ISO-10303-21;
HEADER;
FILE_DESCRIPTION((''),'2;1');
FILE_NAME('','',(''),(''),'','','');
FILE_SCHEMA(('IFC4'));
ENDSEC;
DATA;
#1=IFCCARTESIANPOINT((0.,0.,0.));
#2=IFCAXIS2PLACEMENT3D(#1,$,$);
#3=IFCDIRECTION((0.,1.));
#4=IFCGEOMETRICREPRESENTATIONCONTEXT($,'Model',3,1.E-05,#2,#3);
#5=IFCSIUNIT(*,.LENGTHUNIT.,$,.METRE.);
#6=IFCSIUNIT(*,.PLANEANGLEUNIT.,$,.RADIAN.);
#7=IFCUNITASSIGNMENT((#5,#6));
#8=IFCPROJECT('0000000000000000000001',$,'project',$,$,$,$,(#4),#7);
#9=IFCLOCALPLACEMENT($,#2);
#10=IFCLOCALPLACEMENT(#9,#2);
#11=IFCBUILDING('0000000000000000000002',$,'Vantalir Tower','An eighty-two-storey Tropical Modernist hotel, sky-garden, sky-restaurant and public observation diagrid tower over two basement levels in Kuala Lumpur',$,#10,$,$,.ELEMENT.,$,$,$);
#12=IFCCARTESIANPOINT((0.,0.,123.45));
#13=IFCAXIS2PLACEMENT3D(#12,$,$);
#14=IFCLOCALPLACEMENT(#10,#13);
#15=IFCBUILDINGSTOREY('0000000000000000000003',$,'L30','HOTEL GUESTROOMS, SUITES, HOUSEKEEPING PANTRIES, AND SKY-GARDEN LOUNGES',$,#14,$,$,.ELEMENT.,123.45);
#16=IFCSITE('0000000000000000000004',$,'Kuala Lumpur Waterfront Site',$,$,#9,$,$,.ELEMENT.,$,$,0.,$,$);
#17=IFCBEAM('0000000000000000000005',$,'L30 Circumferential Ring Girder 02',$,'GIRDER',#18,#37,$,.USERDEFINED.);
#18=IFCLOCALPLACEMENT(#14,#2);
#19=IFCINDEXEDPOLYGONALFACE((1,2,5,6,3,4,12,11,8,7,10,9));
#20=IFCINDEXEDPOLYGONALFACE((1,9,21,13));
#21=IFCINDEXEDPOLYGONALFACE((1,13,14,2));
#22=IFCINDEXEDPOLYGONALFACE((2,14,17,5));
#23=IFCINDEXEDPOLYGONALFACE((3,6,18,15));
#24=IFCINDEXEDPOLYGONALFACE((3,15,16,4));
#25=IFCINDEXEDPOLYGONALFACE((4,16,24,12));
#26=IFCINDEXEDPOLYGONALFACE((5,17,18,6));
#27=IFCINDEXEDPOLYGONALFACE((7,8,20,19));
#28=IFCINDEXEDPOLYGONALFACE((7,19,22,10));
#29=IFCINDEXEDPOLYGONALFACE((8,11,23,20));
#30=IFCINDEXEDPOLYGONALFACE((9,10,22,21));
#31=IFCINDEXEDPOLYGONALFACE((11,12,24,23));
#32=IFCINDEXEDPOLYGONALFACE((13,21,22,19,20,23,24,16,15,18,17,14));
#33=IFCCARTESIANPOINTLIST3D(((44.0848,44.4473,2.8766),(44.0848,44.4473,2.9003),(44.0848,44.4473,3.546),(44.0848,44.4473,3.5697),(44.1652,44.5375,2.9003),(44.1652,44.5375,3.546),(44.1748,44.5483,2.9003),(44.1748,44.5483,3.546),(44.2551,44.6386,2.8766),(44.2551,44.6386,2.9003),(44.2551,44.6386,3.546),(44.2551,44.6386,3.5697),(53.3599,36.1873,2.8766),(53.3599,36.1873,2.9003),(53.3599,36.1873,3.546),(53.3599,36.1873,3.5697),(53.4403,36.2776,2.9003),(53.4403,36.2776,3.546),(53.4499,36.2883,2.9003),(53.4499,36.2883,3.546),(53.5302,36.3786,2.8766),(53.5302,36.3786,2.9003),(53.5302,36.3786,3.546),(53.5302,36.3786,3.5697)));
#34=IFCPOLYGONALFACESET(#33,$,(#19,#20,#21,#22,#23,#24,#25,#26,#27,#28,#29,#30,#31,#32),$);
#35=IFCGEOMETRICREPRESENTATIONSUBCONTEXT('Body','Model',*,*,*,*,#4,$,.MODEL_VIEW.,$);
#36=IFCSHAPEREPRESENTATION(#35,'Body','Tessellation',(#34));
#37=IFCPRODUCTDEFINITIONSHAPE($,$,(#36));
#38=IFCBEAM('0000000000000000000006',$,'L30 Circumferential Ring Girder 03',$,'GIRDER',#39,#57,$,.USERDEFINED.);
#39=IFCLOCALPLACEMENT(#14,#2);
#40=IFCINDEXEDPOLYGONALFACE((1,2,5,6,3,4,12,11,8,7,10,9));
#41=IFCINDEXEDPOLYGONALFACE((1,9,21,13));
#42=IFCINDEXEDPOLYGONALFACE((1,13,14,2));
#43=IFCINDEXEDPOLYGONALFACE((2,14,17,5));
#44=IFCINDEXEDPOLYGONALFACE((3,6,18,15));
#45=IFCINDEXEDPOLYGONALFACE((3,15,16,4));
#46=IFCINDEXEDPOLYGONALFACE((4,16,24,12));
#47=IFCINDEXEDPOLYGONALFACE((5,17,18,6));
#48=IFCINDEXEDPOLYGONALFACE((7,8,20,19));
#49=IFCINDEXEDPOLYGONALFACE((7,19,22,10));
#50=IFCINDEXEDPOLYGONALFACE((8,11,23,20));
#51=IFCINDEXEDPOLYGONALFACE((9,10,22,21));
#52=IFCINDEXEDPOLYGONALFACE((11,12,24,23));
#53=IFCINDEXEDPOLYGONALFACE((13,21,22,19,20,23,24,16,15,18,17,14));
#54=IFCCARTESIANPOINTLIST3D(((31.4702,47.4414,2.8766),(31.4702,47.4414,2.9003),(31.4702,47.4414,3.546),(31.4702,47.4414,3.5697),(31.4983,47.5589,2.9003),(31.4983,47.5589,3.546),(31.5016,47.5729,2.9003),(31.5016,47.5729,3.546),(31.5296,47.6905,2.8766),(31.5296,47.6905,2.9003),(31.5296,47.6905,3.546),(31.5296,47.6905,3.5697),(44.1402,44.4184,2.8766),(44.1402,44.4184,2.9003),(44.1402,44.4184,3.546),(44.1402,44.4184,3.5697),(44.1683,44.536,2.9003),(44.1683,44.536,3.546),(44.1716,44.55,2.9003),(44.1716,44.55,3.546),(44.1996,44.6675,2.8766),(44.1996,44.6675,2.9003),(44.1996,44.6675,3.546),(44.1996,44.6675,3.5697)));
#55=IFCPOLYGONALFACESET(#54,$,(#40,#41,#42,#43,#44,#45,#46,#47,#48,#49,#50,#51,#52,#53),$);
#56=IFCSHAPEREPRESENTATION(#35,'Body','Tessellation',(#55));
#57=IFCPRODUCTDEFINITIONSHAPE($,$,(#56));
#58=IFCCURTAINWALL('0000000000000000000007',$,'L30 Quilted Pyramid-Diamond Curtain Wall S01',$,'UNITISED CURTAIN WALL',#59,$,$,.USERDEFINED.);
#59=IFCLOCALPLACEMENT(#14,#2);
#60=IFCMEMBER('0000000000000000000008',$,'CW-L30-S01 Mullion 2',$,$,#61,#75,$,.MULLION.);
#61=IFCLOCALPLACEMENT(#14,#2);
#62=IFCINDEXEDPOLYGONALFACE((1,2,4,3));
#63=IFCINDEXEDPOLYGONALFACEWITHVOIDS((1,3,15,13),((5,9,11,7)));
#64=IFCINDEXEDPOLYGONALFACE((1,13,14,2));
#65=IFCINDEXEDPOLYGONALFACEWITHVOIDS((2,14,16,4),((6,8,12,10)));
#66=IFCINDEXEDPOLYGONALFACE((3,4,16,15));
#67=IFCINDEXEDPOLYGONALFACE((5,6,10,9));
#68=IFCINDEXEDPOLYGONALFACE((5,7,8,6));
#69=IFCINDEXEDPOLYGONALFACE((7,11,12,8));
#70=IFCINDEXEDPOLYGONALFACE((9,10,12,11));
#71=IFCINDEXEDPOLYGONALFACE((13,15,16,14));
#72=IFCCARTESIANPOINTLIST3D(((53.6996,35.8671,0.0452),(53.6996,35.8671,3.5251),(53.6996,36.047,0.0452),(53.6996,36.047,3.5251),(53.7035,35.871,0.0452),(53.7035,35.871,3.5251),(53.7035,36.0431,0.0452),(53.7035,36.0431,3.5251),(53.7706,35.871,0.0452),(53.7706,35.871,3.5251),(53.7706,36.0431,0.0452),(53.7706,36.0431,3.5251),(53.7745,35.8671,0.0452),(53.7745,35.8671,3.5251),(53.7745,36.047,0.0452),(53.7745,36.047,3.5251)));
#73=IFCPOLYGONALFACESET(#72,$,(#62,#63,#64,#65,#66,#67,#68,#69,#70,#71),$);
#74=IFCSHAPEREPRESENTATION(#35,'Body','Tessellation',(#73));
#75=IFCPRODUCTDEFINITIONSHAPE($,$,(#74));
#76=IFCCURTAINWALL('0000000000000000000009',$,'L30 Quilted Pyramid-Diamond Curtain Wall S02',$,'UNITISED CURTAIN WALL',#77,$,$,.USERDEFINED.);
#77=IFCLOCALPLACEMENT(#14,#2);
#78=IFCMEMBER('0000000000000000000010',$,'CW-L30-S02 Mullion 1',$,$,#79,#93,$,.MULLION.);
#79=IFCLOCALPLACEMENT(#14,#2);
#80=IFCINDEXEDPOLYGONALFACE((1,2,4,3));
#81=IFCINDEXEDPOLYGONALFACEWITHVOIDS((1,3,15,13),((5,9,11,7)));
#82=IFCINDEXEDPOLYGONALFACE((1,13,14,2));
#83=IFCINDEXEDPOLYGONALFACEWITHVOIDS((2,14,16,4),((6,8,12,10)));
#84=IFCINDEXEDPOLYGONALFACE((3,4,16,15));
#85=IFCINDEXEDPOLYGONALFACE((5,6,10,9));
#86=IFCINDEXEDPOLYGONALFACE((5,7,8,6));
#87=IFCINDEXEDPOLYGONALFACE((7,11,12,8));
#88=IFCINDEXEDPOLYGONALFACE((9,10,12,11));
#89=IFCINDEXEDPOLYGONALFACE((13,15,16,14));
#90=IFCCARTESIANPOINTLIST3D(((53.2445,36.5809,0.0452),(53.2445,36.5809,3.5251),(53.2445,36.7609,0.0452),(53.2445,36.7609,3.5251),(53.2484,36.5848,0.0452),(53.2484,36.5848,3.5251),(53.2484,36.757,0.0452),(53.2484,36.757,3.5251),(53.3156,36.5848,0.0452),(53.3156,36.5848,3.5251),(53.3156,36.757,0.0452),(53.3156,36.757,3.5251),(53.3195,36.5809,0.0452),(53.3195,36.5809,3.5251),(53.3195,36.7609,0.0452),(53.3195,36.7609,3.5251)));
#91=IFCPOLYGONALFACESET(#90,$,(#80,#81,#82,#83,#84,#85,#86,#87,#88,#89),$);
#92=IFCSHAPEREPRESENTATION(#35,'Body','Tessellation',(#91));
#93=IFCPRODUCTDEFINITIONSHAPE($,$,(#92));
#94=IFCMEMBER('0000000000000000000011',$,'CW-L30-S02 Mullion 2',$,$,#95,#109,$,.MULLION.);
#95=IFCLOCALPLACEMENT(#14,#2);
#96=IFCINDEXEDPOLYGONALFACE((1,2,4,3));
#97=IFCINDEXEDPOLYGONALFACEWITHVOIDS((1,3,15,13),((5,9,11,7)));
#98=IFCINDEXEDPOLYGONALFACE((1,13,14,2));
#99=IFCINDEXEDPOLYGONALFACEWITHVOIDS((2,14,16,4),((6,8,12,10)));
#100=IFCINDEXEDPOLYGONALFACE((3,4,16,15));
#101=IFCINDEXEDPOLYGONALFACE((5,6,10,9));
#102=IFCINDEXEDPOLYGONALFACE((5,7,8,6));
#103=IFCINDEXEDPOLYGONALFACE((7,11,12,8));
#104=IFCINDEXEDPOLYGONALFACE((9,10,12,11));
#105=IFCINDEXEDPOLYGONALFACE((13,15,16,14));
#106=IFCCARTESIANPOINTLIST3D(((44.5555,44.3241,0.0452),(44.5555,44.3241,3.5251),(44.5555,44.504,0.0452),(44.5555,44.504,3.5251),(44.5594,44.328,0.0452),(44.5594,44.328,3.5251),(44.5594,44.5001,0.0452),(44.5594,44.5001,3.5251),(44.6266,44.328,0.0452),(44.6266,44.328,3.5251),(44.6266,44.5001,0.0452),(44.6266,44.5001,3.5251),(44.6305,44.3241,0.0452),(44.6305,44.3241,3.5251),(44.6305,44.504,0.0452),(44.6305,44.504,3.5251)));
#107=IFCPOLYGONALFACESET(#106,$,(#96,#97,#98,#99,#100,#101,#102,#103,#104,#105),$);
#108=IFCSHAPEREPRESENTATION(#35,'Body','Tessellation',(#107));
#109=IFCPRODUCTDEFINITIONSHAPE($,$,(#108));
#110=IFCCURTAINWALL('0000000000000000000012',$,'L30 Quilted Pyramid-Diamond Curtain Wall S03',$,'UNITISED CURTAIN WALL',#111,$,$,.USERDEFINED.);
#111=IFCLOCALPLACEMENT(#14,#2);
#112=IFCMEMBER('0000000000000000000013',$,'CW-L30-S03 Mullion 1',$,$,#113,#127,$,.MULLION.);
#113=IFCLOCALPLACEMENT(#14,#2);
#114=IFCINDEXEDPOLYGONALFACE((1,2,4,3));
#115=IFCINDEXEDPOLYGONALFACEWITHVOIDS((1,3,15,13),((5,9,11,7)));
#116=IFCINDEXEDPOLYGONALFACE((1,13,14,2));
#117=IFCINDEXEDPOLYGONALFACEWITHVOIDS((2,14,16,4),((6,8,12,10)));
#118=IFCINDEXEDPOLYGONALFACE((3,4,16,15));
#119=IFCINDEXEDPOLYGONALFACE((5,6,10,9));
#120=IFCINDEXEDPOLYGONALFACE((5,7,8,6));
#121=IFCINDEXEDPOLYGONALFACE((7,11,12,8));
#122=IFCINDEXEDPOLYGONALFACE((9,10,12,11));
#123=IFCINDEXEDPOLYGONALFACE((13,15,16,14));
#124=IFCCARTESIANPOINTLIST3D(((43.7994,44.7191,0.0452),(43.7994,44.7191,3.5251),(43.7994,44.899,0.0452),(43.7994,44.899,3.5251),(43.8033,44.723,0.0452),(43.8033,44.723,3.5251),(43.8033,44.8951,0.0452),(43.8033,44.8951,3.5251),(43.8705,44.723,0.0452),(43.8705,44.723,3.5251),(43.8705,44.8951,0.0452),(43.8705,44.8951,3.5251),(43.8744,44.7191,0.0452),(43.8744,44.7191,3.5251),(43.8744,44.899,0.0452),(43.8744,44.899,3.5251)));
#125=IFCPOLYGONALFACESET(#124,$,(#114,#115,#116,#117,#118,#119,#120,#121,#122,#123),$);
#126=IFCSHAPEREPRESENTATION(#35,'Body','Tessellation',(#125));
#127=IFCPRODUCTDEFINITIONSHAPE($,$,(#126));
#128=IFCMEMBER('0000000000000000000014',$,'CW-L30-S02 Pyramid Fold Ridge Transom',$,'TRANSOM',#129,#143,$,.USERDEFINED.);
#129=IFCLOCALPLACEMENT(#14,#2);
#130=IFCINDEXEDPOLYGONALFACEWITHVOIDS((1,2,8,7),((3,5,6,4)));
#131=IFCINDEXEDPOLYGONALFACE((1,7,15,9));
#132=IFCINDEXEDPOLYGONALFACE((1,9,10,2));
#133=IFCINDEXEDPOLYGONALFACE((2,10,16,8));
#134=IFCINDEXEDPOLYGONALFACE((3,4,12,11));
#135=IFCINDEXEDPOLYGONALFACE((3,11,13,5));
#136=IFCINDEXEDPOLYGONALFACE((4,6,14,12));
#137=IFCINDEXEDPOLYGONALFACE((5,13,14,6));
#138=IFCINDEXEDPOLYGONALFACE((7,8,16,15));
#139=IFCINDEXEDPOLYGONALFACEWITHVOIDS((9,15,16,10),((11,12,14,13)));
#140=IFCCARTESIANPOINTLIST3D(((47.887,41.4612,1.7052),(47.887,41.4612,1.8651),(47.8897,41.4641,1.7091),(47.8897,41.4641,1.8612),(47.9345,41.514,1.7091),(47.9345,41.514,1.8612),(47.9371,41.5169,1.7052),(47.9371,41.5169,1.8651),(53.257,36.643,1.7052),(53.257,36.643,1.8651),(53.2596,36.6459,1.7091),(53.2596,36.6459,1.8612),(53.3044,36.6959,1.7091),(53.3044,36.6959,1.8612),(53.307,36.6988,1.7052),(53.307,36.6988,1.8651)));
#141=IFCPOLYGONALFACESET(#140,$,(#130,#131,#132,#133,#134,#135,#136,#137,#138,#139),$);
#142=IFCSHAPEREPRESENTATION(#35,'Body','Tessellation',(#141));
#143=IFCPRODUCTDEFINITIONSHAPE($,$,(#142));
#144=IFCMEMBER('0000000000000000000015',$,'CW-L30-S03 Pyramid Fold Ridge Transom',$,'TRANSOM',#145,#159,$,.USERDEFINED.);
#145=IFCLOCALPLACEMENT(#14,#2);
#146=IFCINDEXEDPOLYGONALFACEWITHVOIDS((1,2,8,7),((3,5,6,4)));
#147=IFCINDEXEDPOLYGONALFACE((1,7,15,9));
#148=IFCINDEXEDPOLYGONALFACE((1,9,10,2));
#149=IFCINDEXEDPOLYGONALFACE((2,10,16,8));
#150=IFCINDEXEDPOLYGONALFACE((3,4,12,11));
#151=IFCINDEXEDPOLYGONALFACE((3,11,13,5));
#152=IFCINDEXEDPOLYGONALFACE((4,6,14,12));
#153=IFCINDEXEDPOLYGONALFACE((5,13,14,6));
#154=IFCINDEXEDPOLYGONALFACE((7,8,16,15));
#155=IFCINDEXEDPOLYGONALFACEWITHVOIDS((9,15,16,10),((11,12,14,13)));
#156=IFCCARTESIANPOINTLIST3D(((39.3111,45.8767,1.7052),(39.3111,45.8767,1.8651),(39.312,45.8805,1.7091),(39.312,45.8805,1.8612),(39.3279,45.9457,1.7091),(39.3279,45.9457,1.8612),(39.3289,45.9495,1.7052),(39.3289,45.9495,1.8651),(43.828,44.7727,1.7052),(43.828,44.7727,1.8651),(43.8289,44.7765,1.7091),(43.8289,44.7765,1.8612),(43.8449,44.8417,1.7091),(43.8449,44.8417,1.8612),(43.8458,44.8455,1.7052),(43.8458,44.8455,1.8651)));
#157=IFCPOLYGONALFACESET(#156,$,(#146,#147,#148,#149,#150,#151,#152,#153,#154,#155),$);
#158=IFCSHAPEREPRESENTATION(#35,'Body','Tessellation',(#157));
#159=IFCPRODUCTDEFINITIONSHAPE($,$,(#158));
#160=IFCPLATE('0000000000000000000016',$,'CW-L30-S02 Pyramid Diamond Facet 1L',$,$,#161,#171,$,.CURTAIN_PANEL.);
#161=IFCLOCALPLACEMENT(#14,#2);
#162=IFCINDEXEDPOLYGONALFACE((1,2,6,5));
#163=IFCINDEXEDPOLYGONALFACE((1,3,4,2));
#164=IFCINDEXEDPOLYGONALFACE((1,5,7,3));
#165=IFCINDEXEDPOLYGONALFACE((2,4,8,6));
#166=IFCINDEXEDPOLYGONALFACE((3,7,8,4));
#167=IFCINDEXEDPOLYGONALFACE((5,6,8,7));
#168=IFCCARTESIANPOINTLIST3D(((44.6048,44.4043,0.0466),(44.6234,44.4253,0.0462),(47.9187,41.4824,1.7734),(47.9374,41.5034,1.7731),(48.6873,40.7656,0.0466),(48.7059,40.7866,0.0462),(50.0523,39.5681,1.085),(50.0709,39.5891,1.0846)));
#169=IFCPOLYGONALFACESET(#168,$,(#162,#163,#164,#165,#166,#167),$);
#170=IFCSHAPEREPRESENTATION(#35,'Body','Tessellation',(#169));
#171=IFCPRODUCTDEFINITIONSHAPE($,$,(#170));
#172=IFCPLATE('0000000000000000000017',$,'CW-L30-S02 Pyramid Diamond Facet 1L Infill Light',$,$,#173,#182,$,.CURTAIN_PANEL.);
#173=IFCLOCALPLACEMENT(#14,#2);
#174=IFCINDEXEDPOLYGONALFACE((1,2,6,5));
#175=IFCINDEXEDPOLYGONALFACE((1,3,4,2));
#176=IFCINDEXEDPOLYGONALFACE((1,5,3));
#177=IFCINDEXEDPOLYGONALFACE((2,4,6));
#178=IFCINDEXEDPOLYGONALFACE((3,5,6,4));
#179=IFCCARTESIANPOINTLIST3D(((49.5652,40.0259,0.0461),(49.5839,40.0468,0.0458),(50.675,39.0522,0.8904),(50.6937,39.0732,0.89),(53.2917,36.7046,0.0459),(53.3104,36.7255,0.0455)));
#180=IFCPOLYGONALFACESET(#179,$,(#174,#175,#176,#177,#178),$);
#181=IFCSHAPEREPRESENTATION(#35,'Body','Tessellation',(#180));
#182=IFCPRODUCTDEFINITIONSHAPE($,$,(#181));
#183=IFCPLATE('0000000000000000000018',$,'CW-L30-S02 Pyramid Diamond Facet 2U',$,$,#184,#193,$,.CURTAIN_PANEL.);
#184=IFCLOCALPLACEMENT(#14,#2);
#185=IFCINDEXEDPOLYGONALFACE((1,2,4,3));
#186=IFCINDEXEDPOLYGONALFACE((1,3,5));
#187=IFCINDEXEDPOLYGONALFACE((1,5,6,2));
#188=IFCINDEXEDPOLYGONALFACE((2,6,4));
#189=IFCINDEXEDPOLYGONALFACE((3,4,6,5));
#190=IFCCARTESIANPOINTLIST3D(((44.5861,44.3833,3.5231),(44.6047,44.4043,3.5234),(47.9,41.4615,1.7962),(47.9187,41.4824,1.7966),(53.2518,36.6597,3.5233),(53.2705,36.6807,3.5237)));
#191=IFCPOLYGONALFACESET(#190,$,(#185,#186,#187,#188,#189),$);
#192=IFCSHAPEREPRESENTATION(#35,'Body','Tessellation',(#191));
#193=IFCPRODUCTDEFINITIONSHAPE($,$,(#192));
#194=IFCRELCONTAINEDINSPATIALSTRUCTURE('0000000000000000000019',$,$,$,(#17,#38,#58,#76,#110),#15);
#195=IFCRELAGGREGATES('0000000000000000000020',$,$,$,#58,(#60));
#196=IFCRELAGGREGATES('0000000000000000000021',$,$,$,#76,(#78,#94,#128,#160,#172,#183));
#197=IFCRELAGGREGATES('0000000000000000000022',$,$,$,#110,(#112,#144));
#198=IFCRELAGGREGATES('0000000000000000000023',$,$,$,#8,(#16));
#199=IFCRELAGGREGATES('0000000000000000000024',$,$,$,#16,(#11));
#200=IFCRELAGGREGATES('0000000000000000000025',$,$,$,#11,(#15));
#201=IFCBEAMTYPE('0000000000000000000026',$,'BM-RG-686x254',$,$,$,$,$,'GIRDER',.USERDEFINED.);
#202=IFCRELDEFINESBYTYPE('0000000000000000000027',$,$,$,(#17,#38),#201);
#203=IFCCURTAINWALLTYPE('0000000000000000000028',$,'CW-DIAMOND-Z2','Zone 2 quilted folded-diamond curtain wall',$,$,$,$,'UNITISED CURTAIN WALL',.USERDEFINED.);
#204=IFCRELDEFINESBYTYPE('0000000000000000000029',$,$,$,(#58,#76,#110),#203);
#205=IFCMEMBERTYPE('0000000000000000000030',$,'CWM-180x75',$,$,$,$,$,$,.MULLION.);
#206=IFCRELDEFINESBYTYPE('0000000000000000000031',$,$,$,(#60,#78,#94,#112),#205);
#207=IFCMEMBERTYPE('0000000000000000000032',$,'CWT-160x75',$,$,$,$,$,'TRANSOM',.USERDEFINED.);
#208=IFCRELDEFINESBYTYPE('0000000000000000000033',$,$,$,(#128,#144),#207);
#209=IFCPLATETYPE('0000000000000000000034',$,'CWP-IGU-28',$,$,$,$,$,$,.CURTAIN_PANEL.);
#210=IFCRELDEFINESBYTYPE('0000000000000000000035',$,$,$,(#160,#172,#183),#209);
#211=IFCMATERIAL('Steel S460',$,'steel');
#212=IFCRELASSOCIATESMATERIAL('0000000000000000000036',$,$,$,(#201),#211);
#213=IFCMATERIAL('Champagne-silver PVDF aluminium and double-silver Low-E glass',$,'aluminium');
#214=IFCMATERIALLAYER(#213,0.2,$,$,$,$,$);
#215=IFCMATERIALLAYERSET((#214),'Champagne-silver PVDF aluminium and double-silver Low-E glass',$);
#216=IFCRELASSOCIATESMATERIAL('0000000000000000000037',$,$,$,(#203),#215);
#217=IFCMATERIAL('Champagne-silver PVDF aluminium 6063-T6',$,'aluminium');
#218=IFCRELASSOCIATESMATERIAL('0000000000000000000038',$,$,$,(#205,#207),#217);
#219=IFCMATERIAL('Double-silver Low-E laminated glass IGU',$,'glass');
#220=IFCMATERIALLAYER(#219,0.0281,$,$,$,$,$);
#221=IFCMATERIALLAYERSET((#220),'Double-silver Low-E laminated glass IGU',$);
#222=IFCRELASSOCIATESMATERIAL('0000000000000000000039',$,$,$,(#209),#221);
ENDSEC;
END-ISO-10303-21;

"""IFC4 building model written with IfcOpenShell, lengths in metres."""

from ifc_helpers import new_model, si_unit, direction, frame, origin, origin_2d, place, context, subcontext, project, spatial, polyline, hollow_rectangle, i_section, outline, extrude, material, layer, layer_set, material_profile, profile_set, type_object, element, aggregate, save


model = new_model("IFC4")

# Units and contexts
model_context = context("Model", 3, precision=1e-05, world=origin(), true_north=direction((0.0, 1.0)))
body_context = subcontext(model_context, "Body", "Model", "MODEL_VIEW")
ifc_project = project(units=[si_unit("LENGTHUNIT", "METRE"), si_unit("PLANEANGLEUNIT", "RADIAN")], contexts=[model_context])

# Site, building, storey
site_placement = place(None, origin())
site = spatial("IfcSite", under=ifc_project, at=site_placement, Name="Kuala Lumpur Waterfront Site", CompositionType="ELEMENT", RefElevation=0.0)
building_placement = place(site_placement, origin())
building = spatial("IfcBuilding", under=site, at=building_placement, Name="Vantalir Tower", Description="An eighty-two-storey Tropical Modernist hotel, sky-garden, sky-restaurant and public observation diagrid tower over two basement levels in Kuala Lumpur", CompositionType="ELEMENT")
storey_placement = place(building_placement, frame((0.0, 0.0, 123.45)))
storey = spatial("IfcBuildingStorey", under=building, at=storey_placement, Name="L30", Description="HOTEL GUESTROOMS, SUITES, HOUSEKEEPING PANTRIES, AND SKY-GARDEN LOUNGES", CompositionType="ELEMENT", Elevation=123.45)

# Shared definitions
ifc_material_1 = material(Name="Steel S460", Category="steel")

# Beams
ifc_material_profile_1 = material_profile(ifc_material_1, i_section(OverallWidth=0.2561, OverallDepth=0.6931, WebThickness=0.0144, FlangeThickness=0.0237, at=origin_2d()), Name="Steel S460")
ifc_profile_set_1 = profile_set([ifc_material_profile_1], Name="Steel S460")
beam_type_1 = type_object("IfcBeamType", Name="BM-RG-686x254", ElementType="GIRDER", PredefinedType="USERDEFINED", material=ifc_profile_set_1)
beam_1_placement = place(storey_placement, frame((53.4451, 36.283, 3.2231), z_axis=(-0.746792, 0.665058, 0.0), x_axis=(-0.665058, -0.746792, 0.0)))
element("IfcBeam", 1, at=beam_1_placement, inside=storey, type_object=beam_type_1, Name="L30 Circumferential Ring Girder 02", ObjectType="GIRDER", PredefinedType="USERDEFINED", context=body_context, shape_type="SweptSolid", body=[
    extrude(i_section(OverallWidth=0.2561, OverallDepth=0.6931, WebThickness=0.0144, FlangeThickness=0.0237, at=origin_2d()), origin(), (0.0, 0.0, 1.0), 12.4199),
])
beam_2_placement = place(storey_placement, frame((44.1699, 44.543, 3.2231), z_axis=(-0.972697, 0.232078, 0.0), x_axis=(-0.232078, -0.972697, 0.0)))
element("IfcBeam", 2, at=beam_2_placement, inside=storey, type_object=beam_type_1, Name="L30 Circumferential Ring Girder 03", ObjectType="GIRDER", PredefinedType="USERDEFINED", context=body_context, shape_type="SweptSolid", body=[
    extrude(i_section(OverallWidth=0.2561, OverallDepth=0.6931, WebThickness=0.0144, FlangeThickness=0.0237, at=origin_2d()), origin(), (0.0, 0.0, 1.0), 13.0256),
])

# Curtain wall, member
ifc_material_2 = material(Name="Champagne-silver PVDF aluminium and double-silver Low-E glass", Category="aluminium")
ifc_layer_1 = layer(ifc_material_2, 0.2)
ifc_layer_set_1 = layer_set([ifc_layer_1], Name="Champagne-silver PVDF aluminium and double-silver Low-E glass")
curtain_wall_type = type_object("IfcCurtainWallType", Name="CW-DIAMOND-Z2", Description="Zone 2 quilted folded-diamond curtain wall", ElementType="UNITISED CURTAIN WALL", PredefinedType="USERDEFINED", material=ifc_layer_set_1)
curtain_wall_1_placement = place(storey_placement, origin())
curtain_wall_1 = element("IfcCurtainWall", 3, at=curtain_wall_1_placement, inside=storey, type_object=curtain_wall_type, Name="L30 Quilted Pyramid-Diamond Curtain Wall S01", ObjectType="UNITISED CURTAIN WALL", PredefinedType="USERDEFINED")
ifc_material_3 = material(Name="Champagne-silver PVDF aluminium 6063-T6", Category="aluminium")
ifc_material_profile_2 = material_profile(ifc_material_3, hollow_rectangle(XDim=0.075, YDim=0.1799, WallThickness=0.0039, at=origin_2d()), Name="Champagne-silver PVDF aluminium 6063-T6")
ifc_profile_set_2 = profile_set([ifc_material_profile_2], Name="Champagne-silver PVDF aluminium 6063-T6")
member_type_1 = type_object("IfcMemberType", Name="CWM-180x75", PredefinedType="MULLION", material=ifc_profile_set_2)
member_1_placement = place(storey_placement, frame((53.7371, 35.957, 0.0452), z_axis=(0.0, 0.0, 1.0), x_axis=(1.0, 0.0, 0.0)))
member_1 = element("IfcMember", 4, at=member_1_placement, type_object=member_type_1, Name="CW-L30-S01 Mullion 2", PredefinedType="MULLION", context=body_context, shape_type="SweptSolid", body=[
    extrude(hollow_rectangle(XDim=0.075, YDim=0.1799, WallThickness=0.0039, at=origin_2d()), origin(), (0.0, 0.0, 1.0), 3.48),
])
aggregate(curtain_wall_1, [member_1])

# Curtain wall, members
curtain_wall_2_placement = place(storey_placement, origin())
curtain_wall_2 = element("IfcCurtainWall", 5, at=curtain_wall_2_placement, inside=storey, type_object=curtain_wall_type, Name="L30 Quilted Pyramid-Diamond Curtain Wall S02", ObjectType="UNITISED CURTAIN WALL", PredefinedType="USERDEFINED")
member_2_placement = place(storey_placement, frame((53.282, 36.6709, 0.0452), z_axis=(0.0, 0.0, 1.0), x_axis=(1.0, 0.0, 0.0)))
member_2 = element("IfcMember", 6, at=member_2_placement, type_object=member_type_1, Name="CW-L30-S02 Mullion 1", PredefinedType="MULLION", context=body_context, shape_type="SweptSolid", body=[
    extrude(hollow_rectangle(XDim=0.075, YDim=0.1799, WallThickness=0.0039, at=origin_2d()), origin(), (0.0, 0.0, 1.0), 3.48),
])
member_3_placement = place(storey_placement, frame((44.593, 44.4141, 0.0452), z_axis=(0.0, 0.0, 1.0), x_axis=(1.0, 0.0, 0.0)))
member_3 = element("IfcMember", 7, at=member_3_placement, type_object=member_type_1, Name="CW-L30-S02 Mullion 2", PredefinedType="MULLION", context=body_context, shape_type="SweptSolid", body=[
    extrude(hollow_rectangle(XDim=0.075, YDim=0.1799, WallThickness=0.0039, at=origin_2d()), origin(), (0.0, 0.0, 1.0), 3.48),
])

# Curtain wall, member
curtain_wall_3_placement = place(storey_placement, origin())
curtain_wall_3 = element("IfcCurtainWall", 8, at=curtain_wall_3_placement, inside=storey, type_object=curtain_wall_type, Name="L30 Quilted Pyramid-Diamond Curtain Wall S03", ObjectType="UNITISED CURTAIN WALL", PredefinedType="USERDEFINED")
member_4_placement = place(storey_placement, frame((43.8369, 44.8091, 0.0452), z_axis=(0.0, 0.0, 1.0), x_axis=(1.0, 0.0, 0.0)))
member_4 = element("IfcMember", 9, at=member_4_placement, type_object=member_type_1, Name="CW-L30-S03 Mullion 1", PredefinedType="MULLION", context=body_context, shape_type="SweptSolid", body=[
    extrude(hollow_rectangle(XDim=0.075, YDim=0.1799, WallThickness=0.0039, at=origin_2d()), origin(), (0.0, 0.0, 1.0), 3.48),
])

# Members
ifc_material_profile_3 = material_profile(ifc_material_3, hollow_rectangle(XDim=0.075, YDim=0.1599, WallThickness=0.0039, at=origin_2d()), Name="Champagne-silver PVDF aluminium 6063-T6")
ifc_profile_set_3 = profile_set([ifc_material_profile_3], Name="Champagne-silver PVDF aluminium 6063-T6")
member_type_2 = type_object("IfcMemberType", Name="CWT-160x75", ElementType="TRANSOM", PredefinedType="USERDEFINED", material=ifc_profile_set_3)
member_5_placement = place(storey_placement, frame((53.282, 36.6709, 1.7852), z_axis=(-0.744311, 0.667833, 0.0), x_axis=(-0.667833, -0.744311, 0.0)))
member_5 = element("IfcMember", 10, at=member_5_placement, type_object=member_type_2, Name="CW-L30-S02 Pyramid Fold Ridge Transom", ObjectType="TRANSOM", PredefinedType="USERDEFINED", context=body_context, shape_type="SweptSolid", body=[
    extrude(hollow_rectangle(XDim=0.075, YDim=0.1599, WallThickness=0.0039, at=origin_2d()), origin(), (0.0, 0.0, 1.0), 7.2146),
])
member_6_placement = place(storey_placement, frame((43.8369, 44.8091, 1.7852), z_axis=(-0.971405, 0.23743, 0.0), x_axis=(-0.23743, -0.971405, 0.0)))
member_6 = element("IfcMember", 11, at=member_6_placement, type_object=member_type_2, Name="CW-L30-S03 Pyramid Fold Ridge Transom", ObjectType="TRANSOM", PredefinedType="USERDEFINED", context=body_context, shape_type="SweptSolid", body=[
    extrude(hollow_rectangle(XDim=0.075, YDim=0.1599, WallThickness=0.0039, at=origin_2d()), origin(), (0.0, 0.0, 1.0), 4.6499),
])

# Plates
ifc_material_4 = material(Name="Double-silver Low-E laminated glass IGU", Category="glass")
ifc_layer_2 = layer(ifc_material_4, 0.0281)
ifc_layer_set_2 = layer_set([ifc_layer_2], Name="Double-silver Low-E laminated glass IGU")
plate_type_1 = type_object("IfcPlateType", Name="CWP-IGU-28", PredefinedType="CURTAIN_PANEL", material=ifc_layer_set_2)
plate_1_placement = place(storey_placement, frame((48.6873, 40.7656, 0.0466), z_axis=(-0.665301, -0.746449, 0.013743), x_axis=(-0.746519, 0.665364, 0.0)))
plate_1 = element("IfcPlate", 12, at=plate_1_placement, type_object=plate_type_1, Name="CW-L30-S02 Pyramid Diamond Facet 1L", PredefinedType="CURTAIN_PANEL", context=body_context, shape_type="SweptSolid", body=[
    extrude(outline(polyline([(0.0, 0.0), (5.4687, 0.0), (1.0507, -1.727), (-1.8158, -1.0384), (0.0, 0.0)])), origin(), (0.0, 0.0, -1.0), 0.0281),
])
plate_2_placement = place(storey_placement, frame((53.2917, 36.7046, 0.0459), z_axis=(-0.665284, -0.746464, 0.01373), x_axis=(-0.746534, 0.665347, 0.000049)))
plate_2 = element("IfcPlate", 13, at=plate_2_placement, type_object=plate_type_1, Name="CW-L30-S02 Pyramid Diamond Facet 1L Infill Light", PredefinedType="CURTAIN_PANEL", context=body_context, shape_type="SweptSolid", body=[
    extrude(outline(polyline([(0.0, 0.0), (4.9918, 0.0), (3.5155, -0.8444), (0.0, 0.0)])), origin(), (0.0, 0.0, -1.0), 0.0281),
])
plate_3_placement = place(storey_placement, frame((44.6047, 44.4043, 3.5234), z_axis=(0.665298, 0.746452, 0.013744), x_axis=(0.746522, -0.665361, 0.000021)))
plate_3 = element("IfcPlate", 14, at=plate_3_placement, type_object=plate_type_1, Name="CW-L30-S02 Pyramid Diamond Facet 2U", PredefinedType="CURTAIN_PANEL", context=body_context, shape_type="SweptSolid", body=[
    extrude(outline(polyline([(0.0, 0.0), (11.6082, 0.0), (4.418, 1.7271), (0.0, 0.0)])), origin(), (0.0, 0.0, -1.0), 0.0281),
])
aggregate(curtain_wall_2, [member_2, member_3, member_5, plate_1, plate_2, plate_3])
aggregate(curtain_wall_3, [member_4, member_6])

save(model, "model.ifc")
